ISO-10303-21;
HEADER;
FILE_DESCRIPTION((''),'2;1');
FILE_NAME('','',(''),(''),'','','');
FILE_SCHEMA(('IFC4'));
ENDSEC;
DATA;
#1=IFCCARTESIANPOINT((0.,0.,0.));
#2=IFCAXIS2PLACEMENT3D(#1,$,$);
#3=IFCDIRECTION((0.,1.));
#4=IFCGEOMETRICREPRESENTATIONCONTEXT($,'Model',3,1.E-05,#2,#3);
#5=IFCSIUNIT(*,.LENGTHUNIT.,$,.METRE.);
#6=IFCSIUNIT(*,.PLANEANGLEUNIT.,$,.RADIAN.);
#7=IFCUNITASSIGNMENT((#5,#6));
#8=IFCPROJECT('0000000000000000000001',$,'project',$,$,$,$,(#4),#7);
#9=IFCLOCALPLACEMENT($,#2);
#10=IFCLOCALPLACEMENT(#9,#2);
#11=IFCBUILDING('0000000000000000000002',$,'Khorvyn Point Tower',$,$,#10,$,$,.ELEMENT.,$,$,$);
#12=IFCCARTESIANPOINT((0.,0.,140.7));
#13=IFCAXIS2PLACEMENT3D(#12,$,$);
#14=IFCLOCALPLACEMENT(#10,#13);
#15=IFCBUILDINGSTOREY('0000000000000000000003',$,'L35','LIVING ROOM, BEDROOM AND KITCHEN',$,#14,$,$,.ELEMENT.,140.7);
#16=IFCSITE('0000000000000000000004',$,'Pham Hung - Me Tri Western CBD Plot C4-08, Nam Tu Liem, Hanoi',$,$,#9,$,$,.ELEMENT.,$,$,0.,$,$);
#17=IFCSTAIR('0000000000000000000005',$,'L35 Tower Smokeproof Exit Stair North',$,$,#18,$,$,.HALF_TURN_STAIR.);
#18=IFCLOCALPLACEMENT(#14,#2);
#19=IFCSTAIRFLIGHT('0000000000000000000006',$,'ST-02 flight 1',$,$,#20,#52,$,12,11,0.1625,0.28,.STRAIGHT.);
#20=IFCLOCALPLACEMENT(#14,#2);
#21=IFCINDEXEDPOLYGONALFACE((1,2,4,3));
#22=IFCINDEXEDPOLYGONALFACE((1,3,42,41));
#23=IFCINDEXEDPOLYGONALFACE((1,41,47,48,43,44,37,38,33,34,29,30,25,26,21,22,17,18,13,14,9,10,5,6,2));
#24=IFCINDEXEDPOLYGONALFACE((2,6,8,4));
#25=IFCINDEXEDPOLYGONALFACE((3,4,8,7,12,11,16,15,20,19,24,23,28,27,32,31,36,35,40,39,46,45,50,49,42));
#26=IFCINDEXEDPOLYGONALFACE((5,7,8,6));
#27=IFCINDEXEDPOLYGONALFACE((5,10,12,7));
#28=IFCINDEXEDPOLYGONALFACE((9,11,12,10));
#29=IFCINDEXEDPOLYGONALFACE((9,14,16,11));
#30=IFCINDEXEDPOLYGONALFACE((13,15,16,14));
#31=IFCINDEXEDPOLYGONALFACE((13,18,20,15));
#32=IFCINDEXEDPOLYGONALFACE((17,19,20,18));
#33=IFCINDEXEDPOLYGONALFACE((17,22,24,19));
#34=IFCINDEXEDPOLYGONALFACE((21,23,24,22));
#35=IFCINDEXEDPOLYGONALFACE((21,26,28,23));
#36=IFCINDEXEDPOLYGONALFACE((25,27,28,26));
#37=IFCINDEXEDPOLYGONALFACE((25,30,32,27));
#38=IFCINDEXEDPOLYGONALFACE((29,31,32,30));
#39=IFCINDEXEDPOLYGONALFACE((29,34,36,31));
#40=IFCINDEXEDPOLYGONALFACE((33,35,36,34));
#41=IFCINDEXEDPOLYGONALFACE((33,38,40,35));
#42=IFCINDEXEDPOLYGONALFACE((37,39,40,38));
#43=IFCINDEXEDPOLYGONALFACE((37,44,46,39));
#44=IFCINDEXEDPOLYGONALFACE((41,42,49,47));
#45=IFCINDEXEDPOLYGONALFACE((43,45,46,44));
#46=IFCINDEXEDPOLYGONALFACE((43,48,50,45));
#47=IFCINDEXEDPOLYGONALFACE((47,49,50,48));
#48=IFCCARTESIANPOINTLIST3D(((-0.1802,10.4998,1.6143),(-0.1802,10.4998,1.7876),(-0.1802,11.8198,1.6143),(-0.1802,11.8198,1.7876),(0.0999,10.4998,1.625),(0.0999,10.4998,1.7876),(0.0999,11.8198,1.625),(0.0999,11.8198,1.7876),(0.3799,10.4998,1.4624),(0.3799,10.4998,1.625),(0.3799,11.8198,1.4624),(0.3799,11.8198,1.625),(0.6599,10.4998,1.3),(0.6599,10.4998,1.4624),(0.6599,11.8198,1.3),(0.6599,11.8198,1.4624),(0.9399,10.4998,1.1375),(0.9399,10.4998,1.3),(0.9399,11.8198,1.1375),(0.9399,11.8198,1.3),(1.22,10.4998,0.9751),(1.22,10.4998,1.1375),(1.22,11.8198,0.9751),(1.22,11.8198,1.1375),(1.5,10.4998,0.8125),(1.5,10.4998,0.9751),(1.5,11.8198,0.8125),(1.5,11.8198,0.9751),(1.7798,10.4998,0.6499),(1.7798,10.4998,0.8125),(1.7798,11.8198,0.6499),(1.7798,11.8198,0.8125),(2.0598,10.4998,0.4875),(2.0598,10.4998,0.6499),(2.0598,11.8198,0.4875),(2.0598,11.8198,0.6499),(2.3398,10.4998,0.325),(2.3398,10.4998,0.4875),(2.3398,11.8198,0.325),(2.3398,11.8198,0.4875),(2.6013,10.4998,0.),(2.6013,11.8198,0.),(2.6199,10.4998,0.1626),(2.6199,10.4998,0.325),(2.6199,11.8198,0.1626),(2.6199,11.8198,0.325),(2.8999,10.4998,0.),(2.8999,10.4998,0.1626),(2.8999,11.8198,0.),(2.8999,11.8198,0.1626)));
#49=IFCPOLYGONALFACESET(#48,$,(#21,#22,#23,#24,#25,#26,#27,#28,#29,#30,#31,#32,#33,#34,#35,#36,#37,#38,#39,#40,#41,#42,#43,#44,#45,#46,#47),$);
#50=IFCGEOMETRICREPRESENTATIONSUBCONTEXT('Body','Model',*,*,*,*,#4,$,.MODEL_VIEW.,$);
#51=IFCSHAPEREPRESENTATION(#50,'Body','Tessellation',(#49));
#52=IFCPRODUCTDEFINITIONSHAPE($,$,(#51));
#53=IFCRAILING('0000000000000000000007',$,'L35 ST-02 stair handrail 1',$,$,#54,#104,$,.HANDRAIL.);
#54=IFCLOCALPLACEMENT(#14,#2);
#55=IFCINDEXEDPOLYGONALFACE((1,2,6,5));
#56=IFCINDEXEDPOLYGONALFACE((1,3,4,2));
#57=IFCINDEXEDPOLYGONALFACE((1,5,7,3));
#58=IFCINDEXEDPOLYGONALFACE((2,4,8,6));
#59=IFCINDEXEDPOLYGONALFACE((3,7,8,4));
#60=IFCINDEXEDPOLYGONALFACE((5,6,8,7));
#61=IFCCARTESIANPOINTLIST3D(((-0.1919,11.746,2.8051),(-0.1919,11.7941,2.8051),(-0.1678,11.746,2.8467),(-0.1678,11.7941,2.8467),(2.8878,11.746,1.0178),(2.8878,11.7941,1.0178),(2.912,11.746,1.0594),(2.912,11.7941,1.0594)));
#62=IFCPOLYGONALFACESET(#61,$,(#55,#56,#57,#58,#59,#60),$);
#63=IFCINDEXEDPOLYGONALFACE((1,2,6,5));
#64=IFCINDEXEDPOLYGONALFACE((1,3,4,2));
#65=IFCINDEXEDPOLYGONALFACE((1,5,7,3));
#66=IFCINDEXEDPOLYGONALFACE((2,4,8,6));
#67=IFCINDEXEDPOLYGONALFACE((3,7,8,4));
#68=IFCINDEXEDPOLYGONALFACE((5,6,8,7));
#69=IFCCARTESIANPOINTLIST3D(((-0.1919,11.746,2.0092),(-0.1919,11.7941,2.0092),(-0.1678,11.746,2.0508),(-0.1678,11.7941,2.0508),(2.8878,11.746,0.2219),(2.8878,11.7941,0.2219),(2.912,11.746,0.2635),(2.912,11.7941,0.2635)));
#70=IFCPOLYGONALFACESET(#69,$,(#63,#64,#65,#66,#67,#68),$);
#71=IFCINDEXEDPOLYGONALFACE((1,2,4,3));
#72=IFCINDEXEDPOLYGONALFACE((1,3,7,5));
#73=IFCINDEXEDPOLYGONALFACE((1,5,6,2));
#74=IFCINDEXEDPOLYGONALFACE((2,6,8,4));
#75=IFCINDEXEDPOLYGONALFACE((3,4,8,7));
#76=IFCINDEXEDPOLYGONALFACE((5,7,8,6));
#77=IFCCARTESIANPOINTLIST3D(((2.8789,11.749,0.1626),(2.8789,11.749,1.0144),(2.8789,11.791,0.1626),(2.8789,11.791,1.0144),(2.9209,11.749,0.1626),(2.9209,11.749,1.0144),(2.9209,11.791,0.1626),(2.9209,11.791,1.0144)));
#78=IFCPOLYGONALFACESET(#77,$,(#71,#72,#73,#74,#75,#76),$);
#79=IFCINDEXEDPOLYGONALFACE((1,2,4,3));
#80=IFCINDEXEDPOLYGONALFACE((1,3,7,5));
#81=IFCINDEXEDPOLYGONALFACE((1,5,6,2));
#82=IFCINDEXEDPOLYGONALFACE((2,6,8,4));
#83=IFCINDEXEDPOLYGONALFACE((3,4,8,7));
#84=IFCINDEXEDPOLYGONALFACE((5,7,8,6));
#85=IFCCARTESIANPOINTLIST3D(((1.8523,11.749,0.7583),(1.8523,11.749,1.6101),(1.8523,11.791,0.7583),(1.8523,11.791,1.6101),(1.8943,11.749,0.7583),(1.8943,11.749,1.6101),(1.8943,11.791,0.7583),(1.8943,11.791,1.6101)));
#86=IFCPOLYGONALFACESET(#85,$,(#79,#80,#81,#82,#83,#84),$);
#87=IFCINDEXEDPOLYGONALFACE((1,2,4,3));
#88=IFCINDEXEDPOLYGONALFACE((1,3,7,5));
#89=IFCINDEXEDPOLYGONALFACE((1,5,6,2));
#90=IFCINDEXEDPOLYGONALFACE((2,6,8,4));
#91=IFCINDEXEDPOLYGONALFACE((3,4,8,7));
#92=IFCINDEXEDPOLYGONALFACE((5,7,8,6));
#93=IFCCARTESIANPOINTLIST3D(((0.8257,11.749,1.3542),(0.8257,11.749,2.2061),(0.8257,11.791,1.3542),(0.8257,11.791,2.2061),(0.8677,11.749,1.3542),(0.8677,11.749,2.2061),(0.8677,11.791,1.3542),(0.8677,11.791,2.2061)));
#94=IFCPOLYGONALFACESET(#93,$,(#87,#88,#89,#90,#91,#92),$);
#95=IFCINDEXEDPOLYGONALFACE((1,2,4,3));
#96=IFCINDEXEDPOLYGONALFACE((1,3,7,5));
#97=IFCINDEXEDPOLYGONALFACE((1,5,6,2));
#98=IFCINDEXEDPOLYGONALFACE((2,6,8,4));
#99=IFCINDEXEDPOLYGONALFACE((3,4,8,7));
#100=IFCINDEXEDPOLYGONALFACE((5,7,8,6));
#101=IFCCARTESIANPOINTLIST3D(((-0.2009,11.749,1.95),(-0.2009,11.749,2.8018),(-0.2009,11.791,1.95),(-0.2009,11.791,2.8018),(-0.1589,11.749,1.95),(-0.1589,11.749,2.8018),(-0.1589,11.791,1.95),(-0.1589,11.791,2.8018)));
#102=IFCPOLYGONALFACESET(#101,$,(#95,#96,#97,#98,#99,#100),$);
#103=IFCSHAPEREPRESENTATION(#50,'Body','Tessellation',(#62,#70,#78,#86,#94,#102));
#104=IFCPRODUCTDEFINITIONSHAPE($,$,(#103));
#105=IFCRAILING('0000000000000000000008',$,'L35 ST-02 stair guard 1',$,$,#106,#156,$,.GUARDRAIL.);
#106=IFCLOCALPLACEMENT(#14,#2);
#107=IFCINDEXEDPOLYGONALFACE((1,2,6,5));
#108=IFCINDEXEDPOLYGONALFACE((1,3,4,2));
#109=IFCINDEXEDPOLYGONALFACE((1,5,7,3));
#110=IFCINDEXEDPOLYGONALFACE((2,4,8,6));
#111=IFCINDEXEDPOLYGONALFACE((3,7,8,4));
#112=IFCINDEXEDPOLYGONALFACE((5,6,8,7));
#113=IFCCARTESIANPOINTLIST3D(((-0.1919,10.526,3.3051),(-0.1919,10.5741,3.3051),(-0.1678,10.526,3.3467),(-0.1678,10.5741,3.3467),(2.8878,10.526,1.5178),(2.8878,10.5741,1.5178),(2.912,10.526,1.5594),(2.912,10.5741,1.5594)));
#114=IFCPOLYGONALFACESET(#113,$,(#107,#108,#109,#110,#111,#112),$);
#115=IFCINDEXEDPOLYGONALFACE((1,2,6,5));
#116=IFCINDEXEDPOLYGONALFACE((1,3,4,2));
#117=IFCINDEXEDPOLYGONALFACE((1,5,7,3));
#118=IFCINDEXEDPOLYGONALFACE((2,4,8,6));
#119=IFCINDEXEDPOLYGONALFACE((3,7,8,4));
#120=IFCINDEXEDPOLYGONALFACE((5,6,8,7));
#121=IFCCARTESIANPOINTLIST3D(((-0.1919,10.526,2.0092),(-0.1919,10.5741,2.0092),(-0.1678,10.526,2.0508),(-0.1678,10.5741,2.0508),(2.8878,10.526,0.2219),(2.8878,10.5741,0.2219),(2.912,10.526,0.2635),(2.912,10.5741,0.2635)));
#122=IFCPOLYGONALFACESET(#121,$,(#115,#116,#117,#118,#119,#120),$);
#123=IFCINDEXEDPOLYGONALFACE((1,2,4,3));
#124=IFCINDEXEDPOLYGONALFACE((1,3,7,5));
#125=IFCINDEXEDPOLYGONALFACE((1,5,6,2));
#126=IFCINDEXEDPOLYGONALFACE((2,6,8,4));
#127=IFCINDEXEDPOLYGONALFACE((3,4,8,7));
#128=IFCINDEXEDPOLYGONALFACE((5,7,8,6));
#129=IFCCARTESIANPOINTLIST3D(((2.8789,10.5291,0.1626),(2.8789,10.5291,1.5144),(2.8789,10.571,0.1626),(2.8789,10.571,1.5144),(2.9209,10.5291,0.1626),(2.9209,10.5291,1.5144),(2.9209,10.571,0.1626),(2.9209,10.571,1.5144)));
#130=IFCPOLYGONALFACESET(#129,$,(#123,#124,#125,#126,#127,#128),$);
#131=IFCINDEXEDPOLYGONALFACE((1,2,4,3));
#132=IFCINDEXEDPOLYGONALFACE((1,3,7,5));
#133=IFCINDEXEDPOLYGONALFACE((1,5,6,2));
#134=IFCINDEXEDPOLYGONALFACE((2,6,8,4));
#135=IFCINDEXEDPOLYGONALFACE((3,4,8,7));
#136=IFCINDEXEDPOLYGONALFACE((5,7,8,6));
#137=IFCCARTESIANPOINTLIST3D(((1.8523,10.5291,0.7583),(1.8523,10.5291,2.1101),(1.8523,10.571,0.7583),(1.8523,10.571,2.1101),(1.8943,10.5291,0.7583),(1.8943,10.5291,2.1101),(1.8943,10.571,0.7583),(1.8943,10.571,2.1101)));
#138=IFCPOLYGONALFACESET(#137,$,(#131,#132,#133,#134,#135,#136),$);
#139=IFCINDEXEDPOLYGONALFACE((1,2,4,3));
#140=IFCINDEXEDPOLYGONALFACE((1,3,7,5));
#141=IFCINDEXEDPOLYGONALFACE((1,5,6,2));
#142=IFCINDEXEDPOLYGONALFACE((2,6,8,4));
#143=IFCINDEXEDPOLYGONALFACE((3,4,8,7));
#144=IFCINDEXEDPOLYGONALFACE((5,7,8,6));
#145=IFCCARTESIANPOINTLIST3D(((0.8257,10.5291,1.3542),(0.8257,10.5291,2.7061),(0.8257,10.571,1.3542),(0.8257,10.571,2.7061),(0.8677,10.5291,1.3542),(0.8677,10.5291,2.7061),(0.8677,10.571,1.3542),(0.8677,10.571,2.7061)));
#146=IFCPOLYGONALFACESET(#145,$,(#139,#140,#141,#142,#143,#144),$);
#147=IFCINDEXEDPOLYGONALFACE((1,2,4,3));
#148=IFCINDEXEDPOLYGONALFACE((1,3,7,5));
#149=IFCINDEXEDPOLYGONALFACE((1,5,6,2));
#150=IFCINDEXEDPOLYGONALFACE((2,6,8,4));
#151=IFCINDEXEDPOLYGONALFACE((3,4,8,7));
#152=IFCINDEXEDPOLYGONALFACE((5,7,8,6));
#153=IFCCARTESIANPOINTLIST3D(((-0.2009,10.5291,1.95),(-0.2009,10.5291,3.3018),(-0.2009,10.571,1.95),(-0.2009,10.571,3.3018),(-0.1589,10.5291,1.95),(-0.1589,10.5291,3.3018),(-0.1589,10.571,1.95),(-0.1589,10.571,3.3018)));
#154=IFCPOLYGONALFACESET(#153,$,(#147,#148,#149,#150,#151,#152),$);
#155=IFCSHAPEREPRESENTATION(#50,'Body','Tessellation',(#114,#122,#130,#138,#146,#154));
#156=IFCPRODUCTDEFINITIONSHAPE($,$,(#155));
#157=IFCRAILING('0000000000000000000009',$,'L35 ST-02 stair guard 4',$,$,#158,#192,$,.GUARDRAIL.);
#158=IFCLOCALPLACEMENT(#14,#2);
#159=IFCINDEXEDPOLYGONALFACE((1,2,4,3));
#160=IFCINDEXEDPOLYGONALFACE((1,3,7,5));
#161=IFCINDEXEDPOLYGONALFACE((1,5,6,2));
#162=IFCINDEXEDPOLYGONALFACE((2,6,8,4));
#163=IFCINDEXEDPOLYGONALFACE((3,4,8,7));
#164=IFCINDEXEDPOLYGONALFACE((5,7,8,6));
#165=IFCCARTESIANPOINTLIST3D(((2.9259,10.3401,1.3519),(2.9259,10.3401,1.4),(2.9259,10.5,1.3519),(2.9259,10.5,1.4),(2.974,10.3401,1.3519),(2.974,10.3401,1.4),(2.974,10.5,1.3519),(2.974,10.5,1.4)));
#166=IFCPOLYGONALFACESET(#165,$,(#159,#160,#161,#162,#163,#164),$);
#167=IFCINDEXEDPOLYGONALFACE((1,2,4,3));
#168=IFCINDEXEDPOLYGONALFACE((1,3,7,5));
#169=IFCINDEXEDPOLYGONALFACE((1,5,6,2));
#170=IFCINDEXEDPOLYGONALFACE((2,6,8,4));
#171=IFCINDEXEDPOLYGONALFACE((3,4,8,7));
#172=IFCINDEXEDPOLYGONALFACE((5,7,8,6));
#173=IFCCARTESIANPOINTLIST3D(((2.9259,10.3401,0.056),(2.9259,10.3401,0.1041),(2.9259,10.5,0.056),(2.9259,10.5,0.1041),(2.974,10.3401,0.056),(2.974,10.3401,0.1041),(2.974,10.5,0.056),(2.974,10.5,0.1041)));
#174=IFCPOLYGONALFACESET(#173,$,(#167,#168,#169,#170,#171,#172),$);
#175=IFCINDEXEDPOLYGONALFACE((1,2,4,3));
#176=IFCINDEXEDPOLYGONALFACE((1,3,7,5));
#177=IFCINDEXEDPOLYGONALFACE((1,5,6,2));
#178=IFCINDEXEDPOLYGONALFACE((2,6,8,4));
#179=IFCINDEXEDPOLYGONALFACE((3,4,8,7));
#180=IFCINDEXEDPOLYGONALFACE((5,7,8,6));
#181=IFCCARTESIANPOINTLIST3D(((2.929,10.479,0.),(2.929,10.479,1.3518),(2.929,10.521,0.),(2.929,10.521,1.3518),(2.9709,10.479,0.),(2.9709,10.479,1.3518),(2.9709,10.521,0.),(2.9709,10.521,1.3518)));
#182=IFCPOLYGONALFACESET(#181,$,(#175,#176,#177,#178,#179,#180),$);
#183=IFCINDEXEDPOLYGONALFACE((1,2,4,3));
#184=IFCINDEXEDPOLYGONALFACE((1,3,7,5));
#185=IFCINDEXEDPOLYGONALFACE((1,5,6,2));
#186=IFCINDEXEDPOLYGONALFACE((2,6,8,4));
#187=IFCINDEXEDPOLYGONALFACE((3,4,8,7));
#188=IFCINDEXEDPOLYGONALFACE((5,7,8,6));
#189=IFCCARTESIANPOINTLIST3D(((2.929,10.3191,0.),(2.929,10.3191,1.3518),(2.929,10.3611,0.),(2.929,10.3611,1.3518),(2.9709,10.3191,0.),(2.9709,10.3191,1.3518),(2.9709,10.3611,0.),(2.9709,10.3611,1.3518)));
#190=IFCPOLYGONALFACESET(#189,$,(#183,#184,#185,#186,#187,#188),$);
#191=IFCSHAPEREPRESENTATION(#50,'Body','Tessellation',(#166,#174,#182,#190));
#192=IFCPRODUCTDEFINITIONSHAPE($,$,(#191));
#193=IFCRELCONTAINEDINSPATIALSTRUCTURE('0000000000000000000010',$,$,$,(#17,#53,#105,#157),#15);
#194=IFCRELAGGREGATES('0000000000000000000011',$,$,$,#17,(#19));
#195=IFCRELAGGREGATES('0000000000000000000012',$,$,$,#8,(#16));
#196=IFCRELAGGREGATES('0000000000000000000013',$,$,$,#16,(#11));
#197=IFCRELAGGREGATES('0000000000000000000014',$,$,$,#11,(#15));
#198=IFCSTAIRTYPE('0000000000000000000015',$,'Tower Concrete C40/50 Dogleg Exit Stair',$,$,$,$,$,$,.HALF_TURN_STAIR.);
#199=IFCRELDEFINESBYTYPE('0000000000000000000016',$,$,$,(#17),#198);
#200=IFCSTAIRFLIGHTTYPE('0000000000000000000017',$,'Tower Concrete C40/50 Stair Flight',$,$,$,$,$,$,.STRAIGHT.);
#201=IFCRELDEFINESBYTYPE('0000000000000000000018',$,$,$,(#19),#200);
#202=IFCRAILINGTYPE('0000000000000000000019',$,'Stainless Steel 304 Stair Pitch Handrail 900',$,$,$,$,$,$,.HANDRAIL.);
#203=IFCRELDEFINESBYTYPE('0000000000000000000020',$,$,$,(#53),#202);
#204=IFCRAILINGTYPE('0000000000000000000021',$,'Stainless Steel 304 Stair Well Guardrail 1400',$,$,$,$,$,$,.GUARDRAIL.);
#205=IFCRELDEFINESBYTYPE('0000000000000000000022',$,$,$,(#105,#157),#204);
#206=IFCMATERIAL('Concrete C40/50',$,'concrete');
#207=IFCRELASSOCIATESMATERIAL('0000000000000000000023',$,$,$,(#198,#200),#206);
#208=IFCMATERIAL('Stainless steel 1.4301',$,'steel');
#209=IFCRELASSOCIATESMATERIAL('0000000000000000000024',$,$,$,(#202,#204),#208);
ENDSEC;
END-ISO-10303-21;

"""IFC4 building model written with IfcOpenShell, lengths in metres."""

from ifc_helpers import new_model, si_unit, direction, frame, origin, origin_2d, place, context, subcontext, project, spatial, polyline, rectangle, outline, extrude, material, type_object, element, aggregate, save


model = new_model("IFC4")

# Units and contexts
model_context = context("Model", 3, precision=1e-05, world=origin(), true_north=direction((0.0, 1.0)))
body_context = subcontext(model_context, "Body", "Model", "MODEL_VIEW")
ifc_project = project(units=[si_unit("LENGTHUNIT", "METRE"), si_unit("PLANEANGLEUNIT", "RADIAN")], contexts=[model_context])

# Site, building, storey
site_placement = place(None, origin())
site = spatial("IfcSite", under=ifc_project, at=site_placement, Name="Pham Hung - Me Tri Western CBD Plot C4-08, Nam Tu Liem, Hanoi", CompositionType="ELEMENT", RefElevation=0.0)
building_placement = place(site_placement, origin())
building = spatial("IfcBuilding", under=site, at=building_placement, Name="Khorvyn Point Tower", CompositionType="ELEMENT")
storey_placement = place(building_placement, frame((0.0, 0.0, 140.7)))
storey = spatial("IfcBuildingStorey", under=building, at=storey_placement, Name="L35", Description="LIVING ROOM, BEDROOM AND KITCHEN", CompositionType="ELEMENT", Elevation=140.7)

# Shared definitions
ifc_material_1 = material(Name="Concrete C40/50", Category="concrete")

# Shared definitions
ifc_material_2 = material(Name="Stainless steel 1.4301", Category="steel")

# Stair, stair flight
stair_type = type_object("IfcStairType", Name="Tower Concrete C40/50 Dogleg Exit Stair", PredefinedType="HALF_TURN_STAIR", material=ifc_material_1)
stair_placement = place(storey_placement, origin())
stair = element("IfcStair", 1, at=stair_placement, inside=storey, type_object=stair_type, Name="L35 Tower Smokeproof Exit Stair North", PredefinedType="HALF_TURN_STAIR")
stair_flight_type = type_object("IfcStairFlightType", Name="Tower Concrete C40/50 Stair Flight", PredefinedType="STRAIGHT", material=ifc_material_1)
stair_flight_placement = place(storey_placement, frame((2.8999, 11.1599, 0.0), z_axis=(0.0, 0.0, 1.0), x_axis=(-1.0, 0.0, 0.0)))
stair_flight = element("IfcStairFlight", 2, at=stair_flight_placement, type_object=stair_flight_type, Name="ST-02 flight 1", NumberOfRisers=12, NumberOfTreads=11, PredefinedType="STRAIGHT", RiserHeight=0.1625, TreadLength=0.28, context=body_context, shape_type="SweptSolid", body=[
    extrude(outline(polyline([(0.0, 0.0), (0.0, 0.1626), (0.28, 0.1626), (0.28, 0.325), (0.5601, 0.325), (0.5601, 0.4875), (0.8401, 0.4875), (0.8401, 0.6499), (1.1201, 0.6499), (1.1201, 0.8125), (1.3999, 0.8125), (1.3999, 0.9751), (1.6799, 0.9751), (1.6799, 1.1375), (1.96, 1.1375), (1.96, 1.3), (2.24, 1.3), (2.24, 1.4624), (2.52, 1.4624), (2.52, 1.625), (2.8, 1.625), (2.8, 1.7876), (3.0801, 1.7876), (3.0801, 1.95), (3.0801, 1.6143), (0.2986, 0.0), (0.0, 0.0)])), frame((0.0, 0.6602, 0.0), z_axis=(0.0, -1.0, 0.0), x_axis=(1.0, 0.0, 0.0)), (0.0, 0.0, 1.0), 1.3201),
])
aggregate(stair, [stair_flight])

# Railings
railing_type_1 = type_object("IfcRailingType", Name="Stainless Steel 304 Stair Pitch Handrail 900", PredefinedType="HANDRAIL", material=ifc_material_2)
railing_1_placement = place(storey_placement, frame((2.8999, 11.77, 0.1626)))
element("IfcRailing", 3, at=railing_1_placement, inside=storey, type_object=railing_type_1, Name="L35 ST-02 stair handrail 1", PredefinedType="HANDRAIL", context=body_context, shape_type="SweptSolid", body=[
    extrude(rectangle(XDim=0.0481, YDim=0.0481, at=origin_2d()), frame((0.0, 0.0, 0.876), z_axis=(-0.864903, 0.0, 0.501939), x_axis=(0.0, -1.0, 0.0)), (0.0, 0.0, 1.0), 3.5608),
    extrude(rectangle(XDim=0.0481, YDim=0.0481, at=origin_2d()), frame((0.0, 0.0, 0.0801), z_axis=(-0.864903, 0.0, 0.501939), x_axis=(0.0, -1.0, 0.0)), (0.0, 0.0, 1.0), 3.5608),
    extrude(rectangle(XDim=0.042, YDim=0.042, at=origin_2d()), origin(), (0.0, 0.0, 1.0), 0.8518),
    extrude(rectangle(XDim=0.042, YDim=0.042, at=origin_2d()), frame((-1.0266, 0.0, 0.5957)), (0.0, 0.0, 1.0), 0.8518),
    extrude(rectangle(XDim=0.042, YDim=0.042, at=origin_2d()), frame((-2.0532, 0.0, 1.1917)), (0.0, 0.0, 1.0), 0.8518),
    extrude(rectangle(XDim=0.042, YDim=0.042, at=origin_2d()), frame((-3.0798, 0.0, 1.7874)), (0.0, 0.0, 1.0), 0.8518),
])
railing_type_2 = type_object("IfcRailingType", Name="Stainless Steel 304 Stair Well Guardrail 1400", PredefinedType="GUARDRAIL", material=ifc_material_2)
railing_2_placement = place(storey_placement, frame((2.8999, 10.55, 0.1626)))
element("IfcRailing", 4, at=railing_2_placement, inside=storey, type_object=railing_type_2, Name="L35 ST-02 stair guard 1", PredefinedType="GUARDRAIL", context=body_context, shape_type="SweptSolid", body=[
    extrude(rectangle(XDim=0.0481, YDim=0.0481, at=origin_2d()), frame((0.0, 0.0, 1.376), z_axis=(-0.864903, 0.0, 0.501939), x_axis=(0.0, -1.0, 0.0)), (0.0, 0.0, 1.0), 3.5608),
    extrude(rectangle(XDim=0.0481, YDim=0.0481, at=origin_2d()), frame((0.0, 0.0, 0.0801), z_axis=(-0.864903, 0.0, 0.501939), x_axis=(0.0, -1.0, 0.0)), (0.0, 0.0, 1.0), 3.5608),
    extrude(rectangle(XDim=0.042, YDim=0.042, at=origin_2d()), origin(), (0.0, 0.0, 1.0), 1.3518),
    extrude(rectangle(XDim=0.042, YDim=0.042, at=origin_2d()), frame((-1.0266, 0.0, 0.5957)), (0.0, 0.0, 1.0), 1.3518),
    extrude(rectangle(XDim=0.042, YDim=0.042, at=origin_2d()), frame((-2.0532, 0.0, 1.1917)), (0.0, 0.0, 1.0), 1.3518),
    extrude(rectangle(XDim=0.042, YDim=0.042, at=origin_2d()), frame((-3.0798, 0.0, 1.7874)), (0.0, 0.0, 1.0), 1.3518),
])
railing_3_placement = place(storey_placement, frame((2.95, 10.5, 0.0)))
element("IfcRailing", 5, at=railing_3_placement, inside=storey, type_object=railing_type_2, Name="L35 ST-02 stair guard 4", PredefinedType="GUARDRAIL", context=body_context, shape_type="SweptSolid", body=[
    extrude(rectangle(XDim=0.0481, YDim=0.0481, at=origin_2d()), frame((0.0, 0.0, 1.376), z_axis=(0.0, -1.0, 0.0), x_axis=(1.0, 0.0, 0.0)), (0.0, 0.0, 1.0), 0.1599),
    extrude(rectangle(XDim=0.0481, YDim=0.0481, at=origin_2d()), frame((0.0, 0.0, 0.0801), z_axis=(0.0, -1.0, 0.0), x_axis=(1.0, 0.0, 0.0)), (0.0, 0.0, 1.0), 0.1599),
    extrude(rectangle(XDim=0.042, YDim=0.042, at=origin_2d()), origin(), (0.0, 0.0, 1.0), 1.3518),
    extrude(rectangle(XDim=0.042, YDim=0.042, at=origin_2d()), frame((0.0, -0.1599, 0.0)), (0.0, 0.0, 1.0), 1.3518),
])

save(model, "model.ifc")
